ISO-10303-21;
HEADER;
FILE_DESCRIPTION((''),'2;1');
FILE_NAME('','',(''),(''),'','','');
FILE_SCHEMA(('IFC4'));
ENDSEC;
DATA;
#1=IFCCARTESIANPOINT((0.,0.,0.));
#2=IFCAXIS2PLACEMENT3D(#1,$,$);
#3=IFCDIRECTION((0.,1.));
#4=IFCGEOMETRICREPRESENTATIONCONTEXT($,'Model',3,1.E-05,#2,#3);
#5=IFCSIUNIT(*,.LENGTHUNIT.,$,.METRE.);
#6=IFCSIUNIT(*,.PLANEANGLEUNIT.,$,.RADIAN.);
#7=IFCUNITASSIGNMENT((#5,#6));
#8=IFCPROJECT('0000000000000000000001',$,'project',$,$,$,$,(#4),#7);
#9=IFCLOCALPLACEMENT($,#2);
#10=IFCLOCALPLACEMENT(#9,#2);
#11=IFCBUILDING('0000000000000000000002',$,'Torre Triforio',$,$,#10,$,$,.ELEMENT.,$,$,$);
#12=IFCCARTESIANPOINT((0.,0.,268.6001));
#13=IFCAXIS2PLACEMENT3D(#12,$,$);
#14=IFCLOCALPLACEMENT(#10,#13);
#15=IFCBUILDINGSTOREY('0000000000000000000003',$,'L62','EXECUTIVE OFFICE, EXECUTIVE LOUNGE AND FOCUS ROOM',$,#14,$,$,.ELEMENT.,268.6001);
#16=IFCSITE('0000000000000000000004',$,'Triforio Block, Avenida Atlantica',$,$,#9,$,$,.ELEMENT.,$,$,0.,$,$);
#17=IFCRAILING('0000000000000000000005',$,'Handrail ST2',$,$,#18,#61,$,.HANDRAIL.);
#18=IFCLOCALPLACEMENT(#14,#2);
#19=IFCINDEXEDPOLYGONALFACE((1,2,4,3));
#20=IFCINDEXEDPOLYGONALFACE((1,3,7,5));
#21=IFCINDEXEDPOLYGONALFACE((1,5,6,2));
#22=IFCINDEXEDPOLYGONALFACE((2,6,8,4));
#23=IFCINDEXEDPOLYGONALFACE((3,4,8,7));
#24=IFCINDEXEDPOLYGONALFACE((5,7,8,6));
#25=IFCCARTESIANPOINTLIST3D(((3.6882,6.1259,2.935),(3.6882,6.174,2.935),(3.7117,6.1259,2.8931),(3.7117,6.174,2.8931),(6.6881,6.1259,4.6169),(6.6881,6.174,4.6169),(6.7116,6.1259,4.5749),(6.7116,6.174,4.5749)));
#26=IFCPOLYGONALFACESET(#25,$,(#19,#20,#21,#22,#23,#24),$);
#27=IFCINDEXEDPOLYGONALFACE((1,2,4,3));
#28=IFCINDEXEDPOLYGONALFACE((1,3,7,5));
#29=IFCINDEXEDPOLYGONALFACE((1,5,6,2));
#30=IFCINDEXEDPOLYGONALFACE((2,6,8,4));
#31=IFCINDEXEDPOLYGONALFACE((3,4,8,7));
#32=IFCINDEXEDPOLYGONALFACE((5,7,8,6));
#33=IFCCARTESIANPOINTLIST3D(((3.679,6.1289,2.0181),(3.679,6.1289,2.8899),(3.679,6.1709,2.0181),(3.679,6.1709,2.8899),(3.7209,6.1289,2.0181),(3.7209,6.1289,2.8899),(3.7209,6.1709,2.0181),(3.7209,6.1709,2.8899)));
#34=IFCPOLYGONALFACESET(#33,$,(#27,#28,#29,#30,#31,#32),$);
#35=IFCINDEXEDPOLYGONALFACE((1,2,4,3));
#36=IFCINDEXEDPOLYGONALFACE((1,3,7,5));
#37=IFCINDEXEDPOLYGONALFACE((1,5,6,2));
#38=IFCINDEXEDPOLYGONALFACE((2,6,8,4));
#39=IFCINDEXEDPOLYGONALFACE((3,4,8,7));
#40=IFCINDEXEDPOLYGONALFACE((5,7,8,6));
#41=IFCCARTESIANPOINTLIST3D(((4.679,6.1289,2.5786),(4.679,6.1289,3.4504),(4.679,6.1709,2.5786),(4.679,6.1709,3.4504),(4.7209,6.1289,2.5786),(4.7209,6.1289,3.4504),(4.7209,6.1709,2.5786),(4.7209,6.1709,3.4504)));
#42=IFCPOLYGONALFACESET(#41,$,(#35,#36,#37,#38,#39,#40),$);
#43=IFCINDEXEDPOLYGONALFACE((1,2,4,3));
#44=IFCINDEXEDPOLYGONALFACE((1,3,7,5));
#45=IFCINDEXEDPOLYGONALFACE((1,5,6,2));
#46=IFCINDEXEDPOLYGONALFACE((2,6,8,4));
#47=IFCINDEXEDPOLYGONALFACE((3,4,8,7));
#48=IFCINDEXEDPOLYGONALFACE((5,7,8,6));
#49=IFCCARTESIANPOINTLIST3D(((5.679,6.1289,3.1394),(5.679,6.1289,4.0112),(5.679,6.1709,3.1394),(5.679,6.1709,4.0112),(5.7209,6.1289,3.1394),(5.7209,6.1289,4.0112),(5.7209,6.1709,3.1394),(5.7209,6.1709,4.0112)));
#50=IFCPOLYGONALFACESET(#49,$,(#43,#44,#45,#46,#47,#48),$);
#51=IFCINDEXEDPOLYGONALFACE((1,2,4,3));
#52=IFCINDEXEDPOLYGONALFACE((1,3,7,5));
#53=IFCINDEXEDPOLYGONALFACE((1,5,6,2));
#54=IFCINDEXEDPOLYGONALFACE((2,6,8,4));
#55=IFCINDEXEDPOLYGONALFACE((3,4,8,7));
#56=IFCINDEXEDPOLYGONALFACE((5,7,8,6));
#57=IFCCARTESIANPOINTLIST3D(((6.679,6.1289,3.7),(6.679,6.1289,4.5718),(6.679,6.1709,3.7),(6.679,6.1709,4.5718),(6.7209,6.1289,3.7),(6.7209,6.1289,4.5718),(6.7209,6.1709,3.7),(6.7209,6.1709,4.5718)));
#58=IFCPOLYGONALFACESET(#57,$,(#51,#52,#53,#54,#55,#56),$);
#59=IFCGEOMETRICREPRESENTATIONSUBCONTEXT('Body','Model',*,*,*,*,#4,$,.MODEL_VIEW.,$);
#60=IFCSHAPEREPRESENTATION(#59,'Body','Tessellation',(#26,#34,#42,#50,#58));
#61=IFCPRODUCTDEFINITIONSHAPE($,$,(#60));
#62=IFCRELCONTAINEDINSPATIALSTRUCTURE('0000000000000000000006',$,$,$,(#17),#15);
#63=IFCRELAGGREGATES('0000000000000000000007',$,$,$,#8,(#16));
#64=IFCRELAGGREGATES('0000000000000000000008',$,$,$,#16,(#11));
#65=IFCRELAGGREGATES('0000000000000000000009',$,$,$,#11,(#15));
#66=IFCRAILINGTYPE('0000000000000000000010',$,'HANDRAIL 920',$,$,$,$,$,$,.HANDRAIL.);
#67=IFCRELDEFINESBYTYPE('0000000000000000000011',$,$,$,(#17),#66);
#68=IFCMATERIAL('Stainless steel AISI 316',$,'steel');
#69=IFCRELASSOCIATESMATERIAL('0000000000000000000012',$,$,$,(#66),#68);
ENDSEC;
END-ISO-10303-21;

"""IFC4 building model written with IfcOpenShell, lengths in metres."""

from ifc_helpers import new_model, si_unit, direction, frame, origin, origin_2d, place, context, subcontext, project, spatial, rectangle, extrude, material, type_object, element, save


model = new_model("IFC4")

# Units and contexts
model_context = context("Model", 3, precision=1e-05, world=origin(), true_north=direction((0.0, 1.0)))
body_context = subcontext(model_context, "Body", "Model", "MODEL_VIEW")
ifc_project = project(units=[si_unit("LENGTHUNIT", "METRE"), si_unit("PLANEANGLEUNIT", "RADIAN")], contexts=[model_context])

# Site, building, storey
site_placement = place(None, origin())
site = spatial("IfcSite", under=ifc_project, at=site_placement, Name="Triforio Block, Avenida Atlantica", CompositionType="ELEMENT", RefElevation=0.0)
building_placement = place(site_placement, origin())
building = spatial("IfcBuilding", under=site, at=building_placement, Name="Torre Triforio", CompositionType="ELEMENT")
storey_placement = place(building_placement, frame((0.0, 0.0, 268.6001)))
storey = spatial("IfcBuildingStorey", under=building, at=storey_placement, Name="L62", Description="EXECUTIVE OFFICE, EXECUTIVE LOUNGE AND FOCUS ROOM", CompositionType="ELEMENT", Elevation=268.6001)

# Railing
ifc_material_1 = material(Name="Stainless steel AISI 316", Category="steel")
railing_type = type_object("IfcRailingType", Name="HANDRAIL 920", PredefinedType="HANDRAIL", material=ifc_material_1)
railing_placement = place(storey_placement, frame((3.7, 6.1499, 2.0181)))
element("IfcRailing", 1, at=railing_placement, inside=storey, type_object=railing_type, Name="Handrail ST2", PredefinedType="HANDRAIL", context=body_context, shape_type="SweptSolid", body=[
    extrude(rectangle(XDim=0.0481, YDim=0.0481, at=origin_2d()), frame((0.0, 0.0, 0.896), z_axis=(0.872272, 0.0, 0.48902), x_axis=(0.0, 1.0, 0.0)), (0.0, 0.0, 1.0), 3.4392),
    extrude(rectangle(XDim=0.042, YDim=0.042, at=origin_2d()), origin(), (0.0, 0.0, 1.0), 0.8718),
    extrude(rectangle(XDim=0.042, YDim=0.042, at=origin_2d()), frame((1.0, 0.0, 0.5605)), (0.0, 0.0, 1.0), 0.8718),
    extrude(rectangle(XDim=0.042, YDim=0.042, at=origin_2d()), frame((2.0, 0.0, 1.1213)), (0.0, 0.0, 1.0), 0.8718),
    extrude(rectangle(XDim=0.042, YDim=0.042, at=origin_2d()), frame((3.0, 0.0, 1.6819)), (0.0, 0.0, 1.0), 0.8718),
])

save(model, "model.ifc")
